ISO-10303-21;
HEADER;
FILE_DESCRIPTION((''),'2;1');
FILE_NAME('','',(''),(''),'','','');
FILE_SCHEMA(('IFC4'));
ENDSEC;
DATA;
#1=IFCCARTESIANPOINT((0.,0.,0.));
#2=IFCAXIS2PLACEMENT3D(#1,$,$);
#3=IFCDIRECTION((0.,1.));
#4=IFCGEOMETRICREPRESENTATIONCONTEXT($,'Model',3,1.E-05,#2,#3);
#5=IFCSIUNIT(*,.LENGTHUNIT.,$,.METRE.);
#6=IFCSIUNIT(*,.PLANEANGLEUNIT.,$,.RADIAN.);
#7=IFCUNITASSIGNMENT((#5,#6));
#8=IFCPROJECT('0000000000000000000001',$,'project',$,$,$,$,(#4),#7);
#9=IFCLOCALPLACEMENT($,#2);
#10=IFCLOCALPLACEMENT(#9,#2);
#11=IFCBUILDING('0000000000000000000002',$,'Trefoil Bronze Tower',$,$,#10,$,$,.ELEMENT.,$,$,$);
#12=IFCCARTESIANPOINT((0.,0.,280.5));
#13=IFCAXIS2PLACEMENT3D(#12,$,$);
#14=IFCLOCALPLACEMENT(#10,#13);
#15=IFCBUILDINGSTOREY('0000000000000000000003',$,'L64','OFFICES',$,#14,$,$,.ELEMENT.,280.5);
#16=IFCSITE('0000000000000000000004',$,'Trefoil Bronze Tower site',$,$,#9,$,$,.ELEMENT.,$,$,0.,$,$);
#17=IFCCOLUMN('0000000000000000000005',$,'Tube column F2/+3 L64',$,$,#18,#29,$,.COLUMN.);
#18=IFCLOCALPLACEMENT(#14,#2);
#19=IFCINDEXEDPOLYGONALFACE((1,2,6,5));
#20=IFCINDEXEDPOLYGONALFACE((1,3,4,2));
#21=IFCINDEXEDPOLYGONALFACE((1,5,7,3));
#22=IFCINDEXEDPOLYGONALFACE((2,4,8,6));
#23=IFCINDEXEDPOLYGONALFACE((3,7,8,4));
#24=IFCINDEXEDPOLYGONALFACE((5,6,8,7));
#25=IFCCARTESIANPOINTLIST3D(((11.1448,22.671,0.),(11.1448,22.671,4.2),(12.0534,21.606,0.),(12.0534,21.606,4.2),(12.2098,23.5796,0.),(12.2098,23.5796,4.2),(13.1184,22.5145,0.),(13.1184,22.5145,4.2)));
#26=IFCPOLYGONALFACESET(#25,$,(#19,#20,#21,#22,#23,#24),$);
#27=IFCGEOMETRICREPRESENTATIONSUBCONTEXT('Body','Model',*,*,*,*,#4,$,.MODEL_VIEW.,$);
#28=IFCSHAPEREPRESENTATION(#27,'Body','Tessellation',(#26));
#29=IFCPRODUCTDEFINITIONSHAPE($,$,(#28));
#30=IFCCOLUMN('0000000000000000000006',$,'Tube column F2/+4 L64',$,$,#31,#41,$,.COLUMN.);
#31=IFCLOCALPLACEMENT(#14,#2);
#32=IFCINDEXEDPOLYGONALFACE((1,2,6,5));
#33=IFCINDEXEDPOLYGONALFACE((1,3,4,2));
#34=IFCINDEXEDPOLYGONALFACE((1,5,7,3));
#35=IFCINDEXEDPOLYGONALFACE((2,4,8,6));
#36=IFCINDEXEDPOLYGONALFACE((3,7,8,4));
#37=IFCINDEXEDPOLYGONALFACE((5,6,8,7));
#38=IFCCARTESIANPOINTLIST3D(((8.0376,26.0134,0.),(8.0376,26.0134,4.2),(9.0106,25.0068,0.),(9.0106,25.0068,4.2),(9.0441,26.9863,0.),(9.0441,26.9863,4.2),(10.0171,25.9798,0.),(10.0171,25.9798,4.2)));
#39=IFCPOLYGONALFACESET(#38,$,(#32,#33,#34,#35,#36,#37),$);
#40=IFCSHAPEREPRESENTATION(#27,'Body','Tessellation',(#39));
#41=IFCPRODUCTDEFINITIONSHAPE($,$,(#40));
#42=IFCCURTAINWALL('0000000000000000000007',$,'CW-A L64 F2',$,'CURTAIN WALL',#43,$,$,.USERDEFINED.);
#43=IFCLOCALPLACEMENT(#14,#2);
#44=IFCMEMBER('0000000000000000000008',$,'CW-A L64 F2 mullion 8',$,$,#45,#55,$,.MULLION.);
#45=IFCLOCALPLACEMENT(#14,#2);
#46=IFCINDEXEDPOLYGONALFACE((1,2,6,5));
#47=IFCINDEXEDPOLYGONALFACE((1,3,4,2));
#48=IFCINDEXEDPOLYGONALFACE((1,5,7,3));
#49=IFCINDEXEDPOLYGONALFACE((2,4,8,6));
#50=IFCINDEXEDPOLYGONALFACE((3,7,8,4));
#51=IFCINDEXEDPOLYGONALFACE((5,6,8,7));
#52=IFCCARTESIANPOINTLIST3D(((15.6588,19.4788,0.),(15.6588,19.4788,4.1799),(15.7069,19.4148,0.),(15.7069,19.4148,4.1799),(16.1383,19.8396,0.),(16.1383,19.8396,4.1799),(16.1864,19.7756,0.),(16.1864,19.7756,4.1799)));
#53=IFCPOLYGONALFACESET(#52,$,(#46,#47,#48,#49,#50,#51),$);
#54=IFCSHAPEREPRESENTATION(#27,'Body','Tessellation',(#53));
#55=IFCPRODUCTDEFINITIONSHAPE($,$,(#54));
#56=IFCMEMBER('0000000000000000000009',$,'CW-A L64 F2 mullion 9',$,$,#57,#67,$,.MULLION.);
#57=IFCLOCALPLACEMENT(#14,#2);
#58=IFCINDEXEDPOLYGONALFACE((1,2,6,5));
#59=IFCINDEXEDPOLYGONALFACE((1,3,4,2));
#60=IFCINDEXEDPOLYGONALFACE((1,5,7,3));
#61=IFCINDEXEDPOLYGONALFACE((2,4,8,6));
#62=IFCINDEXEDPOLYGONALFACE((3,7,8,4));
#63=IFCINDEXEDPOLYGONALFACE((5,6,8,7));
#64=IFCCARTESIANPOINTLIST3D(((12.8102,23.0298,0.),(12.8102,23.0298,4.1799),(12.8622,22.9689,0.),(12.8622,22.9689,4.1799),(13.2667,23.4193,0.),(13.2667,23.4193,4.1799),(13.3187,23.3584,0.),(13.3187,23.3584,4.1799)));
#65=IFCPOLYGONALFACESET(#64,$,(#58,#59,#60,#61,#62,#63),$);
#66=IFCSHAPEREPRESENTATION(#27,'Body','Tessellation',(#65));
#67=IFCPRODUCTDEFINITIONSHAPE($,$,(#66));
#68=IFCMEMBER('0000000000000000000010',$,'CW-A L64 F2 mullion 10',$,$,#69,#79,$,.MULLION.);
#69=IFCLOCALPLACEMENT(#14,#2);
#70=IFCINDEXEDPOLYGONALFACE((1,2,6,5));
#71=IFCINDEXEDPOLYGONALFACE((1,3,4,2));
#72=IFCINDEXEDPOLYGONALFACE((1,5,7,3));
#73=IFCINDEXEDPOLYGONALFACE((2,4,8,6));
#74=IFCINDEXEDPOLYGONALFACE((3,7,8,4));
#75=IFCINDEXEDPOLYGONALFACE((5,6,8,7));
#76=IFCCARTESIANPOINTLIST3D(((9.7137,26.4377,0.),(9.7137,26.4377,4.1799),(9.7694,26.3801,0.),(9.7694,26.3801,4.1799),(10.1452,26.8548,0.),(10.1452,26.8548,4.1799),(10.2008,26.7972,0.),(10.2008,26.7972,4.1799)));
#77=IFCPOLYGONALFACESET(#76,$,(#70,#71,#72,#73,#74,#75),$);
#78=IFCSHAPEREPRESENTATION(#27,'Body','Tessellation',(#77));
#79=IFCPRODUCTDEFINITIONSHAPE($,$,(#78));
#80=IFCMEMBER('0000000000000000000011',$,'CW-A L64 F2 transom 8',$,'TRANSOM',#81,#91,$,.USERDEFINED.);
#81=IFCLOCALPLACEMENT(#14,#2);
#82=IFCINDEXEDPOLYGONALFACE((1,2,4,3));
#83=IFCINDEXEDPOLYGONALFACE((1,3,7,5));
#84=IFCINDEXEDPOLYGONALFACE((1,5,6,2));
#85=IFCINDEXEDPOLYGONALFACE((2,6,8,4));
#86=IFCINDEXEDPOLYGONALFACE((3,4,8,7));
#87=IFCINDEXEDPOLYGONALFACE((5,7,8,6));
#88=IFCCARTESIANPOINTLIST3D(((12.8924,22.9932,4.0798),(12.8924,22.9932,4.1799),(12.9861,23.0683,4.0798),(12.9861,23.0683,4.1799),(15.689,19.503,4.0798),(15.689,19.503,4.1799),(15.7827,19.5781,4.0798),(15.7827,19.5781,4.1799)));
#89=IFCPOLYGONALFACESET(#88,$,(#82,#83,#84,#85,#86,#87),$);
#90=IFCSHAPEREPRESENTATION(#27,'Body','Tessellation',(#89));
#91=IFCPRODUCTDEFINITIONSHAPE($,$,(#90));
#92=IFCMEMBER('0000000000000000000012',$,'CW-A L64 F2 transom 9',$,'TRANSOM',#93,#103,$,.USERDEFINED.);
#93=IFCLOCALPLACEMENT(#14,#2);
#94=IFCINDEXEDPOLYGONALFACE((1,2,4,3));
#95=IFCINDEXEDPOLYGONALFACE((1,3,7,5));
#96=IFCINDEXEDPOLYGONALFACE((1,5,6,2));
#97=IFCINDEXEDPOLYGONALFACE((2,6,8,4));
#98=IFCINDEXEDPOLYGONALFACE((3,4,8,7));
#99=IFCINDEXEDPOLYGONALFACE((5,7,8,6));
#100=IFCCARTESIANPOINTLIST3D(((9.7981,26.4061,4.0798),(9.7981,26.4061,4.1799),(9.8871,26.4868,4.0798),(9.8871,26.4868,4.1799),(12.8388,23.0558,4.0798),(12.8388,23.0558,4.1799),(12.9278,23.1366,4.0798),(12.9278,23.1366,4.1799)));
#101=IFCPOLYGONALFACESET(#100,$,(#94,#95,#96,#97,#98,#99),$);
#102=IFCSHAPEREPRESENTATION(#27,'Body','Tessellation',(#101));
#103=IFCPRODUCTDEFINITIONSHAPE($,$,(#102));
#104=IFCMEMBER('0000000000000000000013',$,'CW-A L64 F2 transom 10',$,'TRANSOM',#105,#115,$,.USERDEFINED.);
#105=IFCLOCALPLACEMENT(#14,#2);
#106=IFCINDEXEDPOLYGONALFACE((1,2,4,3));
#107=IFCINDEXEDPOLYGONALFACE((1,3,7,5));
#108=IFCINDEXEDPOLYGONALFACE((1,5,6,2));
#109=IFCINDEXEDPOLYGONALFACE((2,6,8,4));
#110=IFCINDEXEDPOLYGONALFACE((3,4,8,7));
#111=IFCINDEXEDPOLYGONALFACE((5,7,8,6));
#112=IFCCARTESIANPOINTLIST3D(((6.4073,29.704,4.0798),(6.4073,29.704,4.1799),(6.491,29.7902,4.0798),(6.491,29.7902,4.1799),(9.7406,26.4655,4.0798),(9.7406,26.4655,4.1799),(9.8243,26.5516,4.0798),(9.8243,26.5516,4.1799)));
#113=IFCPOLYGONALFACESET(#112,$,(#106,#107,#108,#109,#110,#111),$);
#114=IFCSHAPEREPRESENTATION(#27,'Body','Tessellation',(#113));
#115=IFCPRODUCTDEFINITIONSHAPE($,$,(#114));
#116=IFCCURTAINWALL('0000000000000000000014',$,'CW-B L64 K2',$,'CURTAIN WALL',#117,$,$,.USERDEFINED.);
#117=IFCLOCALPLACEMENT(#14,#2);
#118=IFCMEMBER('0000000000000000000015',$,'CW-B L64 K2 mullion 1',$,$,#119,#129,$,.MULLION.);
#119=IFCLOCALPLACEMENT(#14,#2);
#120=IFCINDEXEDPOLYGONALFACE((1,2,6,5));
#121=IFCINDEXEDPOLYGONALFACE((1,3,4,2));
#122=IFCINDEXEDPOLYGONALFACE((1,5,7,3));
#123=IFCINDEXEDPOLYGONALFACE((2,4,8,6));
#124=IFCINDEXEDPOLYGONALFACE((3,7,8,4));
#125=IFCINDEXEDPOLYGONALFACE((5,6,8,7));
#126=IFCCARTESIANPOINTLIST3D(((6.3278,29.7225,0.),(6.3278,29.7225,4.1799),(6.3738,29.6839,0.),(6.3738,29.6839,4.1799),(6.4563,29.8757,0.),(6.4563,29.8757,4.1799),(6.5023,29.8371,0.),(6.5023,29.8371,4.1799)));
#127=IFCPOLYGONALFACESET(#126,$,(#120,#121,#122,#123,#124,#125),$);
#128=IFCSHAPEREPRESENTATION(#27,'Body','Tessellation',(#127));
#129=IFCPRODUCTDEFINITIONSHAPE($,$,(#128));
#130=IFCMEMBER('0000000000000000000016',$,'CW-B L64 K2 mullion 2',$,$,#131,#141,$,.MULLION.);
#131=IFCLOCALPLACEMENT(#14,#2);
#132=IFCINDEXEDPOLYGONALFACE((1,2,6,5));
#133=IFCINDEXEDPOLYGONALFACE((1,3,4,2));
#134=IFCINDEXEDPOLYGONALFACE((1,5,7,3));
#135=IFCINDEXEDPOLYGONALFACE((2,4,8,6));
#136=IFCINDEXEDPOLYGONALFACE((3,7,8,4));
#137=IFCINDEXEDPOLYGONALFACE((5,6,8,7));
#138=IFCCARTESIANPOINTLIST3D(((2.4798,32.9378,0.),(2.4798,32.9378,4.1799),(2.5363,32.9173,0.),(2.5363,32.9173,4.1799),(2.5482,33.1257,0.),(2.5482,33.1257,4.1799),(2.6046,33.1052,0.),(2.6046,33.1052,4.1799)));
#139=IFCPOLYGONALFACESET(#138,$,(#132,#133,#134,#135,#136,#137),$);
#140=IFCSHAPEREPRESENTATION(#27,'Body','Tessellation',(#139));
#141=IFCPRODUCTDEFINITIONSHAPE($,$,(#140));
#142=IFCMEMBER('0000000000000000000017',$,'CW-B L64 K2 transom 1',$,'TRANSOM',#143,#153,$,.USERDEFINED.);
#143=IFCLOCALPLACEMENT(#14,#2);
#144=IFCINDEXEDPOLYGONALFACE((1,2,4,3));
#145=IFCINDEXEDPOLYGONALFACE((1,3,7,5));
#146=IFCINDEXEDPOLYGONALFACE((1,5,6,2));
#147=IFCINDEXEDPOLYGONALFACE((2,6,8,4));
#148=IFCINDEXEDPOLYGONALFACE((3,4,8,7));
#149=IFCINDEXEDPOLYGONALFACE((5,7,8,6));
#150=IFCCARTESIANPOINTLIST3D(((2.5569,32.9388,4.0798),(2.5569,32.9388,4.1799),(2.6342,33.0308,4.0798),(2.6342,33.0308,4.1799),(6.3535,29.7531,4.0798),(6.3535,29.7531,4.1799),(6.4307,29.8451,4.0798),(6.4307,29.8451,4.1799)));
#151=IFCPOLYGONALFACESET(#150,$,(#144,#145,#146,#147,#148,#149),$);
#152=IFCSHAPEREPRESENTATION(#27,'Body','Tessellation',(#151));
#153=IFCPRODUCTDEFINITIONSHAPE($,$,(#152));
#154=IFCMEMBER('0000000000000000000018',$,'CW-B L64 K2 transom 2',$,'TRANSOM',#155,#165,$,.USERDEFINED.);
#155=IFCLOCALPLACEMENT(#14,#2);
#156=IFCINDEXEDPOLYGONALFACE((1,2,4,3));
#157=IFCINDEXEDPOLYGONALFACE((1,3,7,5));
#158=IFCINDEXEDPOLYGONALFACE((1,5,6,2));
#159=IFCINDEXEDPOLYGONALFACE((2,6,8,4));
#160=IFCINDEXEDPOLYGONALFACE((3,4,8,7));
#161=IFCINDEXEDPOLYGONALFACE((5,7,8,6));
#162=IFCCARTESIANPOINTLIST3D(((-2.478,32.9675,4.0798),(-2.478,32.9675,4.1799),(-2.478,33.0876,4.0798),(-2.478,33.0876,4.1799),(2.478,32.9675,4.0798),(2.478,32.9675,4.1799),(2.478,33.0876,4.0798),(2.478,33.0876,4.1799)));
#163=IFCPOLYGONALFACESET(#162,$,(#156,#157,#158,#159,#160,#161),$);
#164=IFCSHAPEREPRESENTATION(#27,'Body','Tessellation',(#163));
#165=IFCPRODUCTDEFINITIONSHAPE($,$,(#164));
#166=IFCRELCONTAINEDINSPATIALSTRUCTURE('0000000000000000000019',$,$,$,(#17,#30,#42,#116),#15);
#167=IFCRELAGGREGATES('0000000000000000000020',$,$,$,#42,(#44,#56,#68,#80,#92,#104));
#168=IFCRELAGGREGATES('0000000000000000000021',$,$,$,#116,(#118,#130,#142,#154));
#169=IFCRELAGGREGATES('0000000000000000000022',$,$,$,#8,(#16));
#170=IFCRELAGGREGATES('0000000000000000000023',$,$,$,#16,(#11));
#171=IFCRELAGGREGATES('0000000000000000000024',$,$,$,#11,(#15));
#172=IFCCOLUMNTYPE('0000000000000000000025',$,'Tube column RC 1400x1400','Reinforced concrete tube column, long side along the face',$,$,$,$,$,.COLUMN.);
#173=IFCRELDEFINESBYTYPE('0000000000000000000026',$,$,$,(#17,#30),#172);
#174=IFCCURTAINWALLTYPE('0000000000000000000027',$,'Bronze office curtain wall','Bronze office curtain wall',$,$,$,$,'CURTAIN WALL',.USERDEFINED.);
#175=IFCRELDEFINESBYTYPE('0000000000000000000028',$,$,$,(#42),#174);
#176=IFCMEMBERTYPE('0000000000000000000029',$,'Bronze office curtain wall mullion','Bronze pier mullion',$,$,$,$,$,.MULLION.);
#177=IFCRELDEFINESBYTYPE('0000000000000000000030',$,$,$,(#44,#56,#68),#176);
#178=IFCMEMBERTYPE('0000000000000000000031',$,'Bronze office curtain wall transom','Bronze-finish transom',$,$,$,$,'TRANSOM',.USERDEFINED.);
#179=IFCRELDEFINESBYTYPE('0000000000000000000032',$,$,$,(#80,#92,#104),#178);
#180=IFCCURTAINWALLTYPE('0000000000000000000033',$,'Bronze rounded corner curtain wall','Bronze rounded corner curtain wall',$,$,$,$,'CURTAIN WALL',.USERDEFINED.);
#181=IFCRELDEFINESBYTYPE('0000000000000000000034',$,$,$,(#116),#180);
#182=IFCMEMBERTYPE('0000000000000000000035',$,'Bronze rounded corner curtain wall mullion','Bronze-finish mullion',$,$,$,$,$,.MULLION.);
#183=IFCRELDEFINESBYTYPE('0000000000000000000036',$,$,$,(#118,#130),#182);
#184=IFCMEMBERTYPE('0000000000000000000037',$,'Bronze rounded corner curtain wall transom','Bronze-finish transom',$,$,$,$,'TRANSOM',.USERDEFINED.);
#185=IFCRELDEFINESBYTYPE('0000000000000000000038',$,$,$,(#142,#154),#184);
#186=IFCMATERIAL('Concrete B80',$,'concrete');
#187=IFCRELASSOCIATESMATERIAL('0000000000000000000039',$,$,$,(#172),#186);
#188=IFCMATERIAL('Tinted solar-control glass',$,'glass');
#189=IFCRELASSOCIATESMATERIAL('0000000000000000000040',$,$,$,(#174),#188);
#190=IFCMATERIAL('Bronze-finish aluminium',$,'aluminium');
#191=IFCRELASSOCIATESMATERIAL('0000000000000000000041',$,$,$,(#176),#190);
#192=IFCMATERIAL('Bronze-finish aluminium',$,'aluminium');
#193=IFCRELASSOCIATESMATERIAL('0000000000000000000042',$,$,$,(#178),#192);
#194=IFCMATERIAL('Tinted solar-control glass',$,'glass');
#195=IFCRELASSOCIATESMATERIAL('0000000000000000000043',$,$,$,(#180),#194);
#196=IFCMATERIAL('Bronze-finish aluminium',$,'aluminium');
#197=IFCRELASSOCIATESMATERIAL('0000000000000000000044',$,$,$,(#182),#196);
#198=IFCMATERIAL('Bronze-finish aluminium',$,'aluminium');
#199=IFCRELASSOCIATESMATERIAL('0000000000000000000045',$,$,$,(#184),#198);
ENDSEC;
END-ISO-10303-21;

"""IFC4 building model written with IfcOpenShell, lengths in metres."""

from ifc_helpers import new_model, si_unit, direction, frame, origin, origin_2d, place, context, subcontext, project, spatial, rectangle, extrude, material, material_profile, profile_set, type_object, element, aggregate, save


model = new_model("IFC4")

# Units and contexts
model_context = context("Model", 3, precision=1e-05, world=origin(), true_north=direction((0.0, 1.0)))
body_context = subcontext(model_context, "Body", "Model", "MODEL_VIEW")
ifc_project = project(units=[si_unit("LENGTHUNIT", "METRE"), si_unit("PLANEANGLEUNIT", "RADIAN")], contexts=[model_context])

# Site, building, storey
site_placement = place(None, origin())
site = spatial("IfcSite", under=ifc_project, at=site_placement, Name="Trefoil Bronze Tower site", CompositionType="ELEMENT", RefElevation=0.0)
building_placement = place(site_placement, origin())
building = spatial("IfcBuilding", under=site, at=building_placement, Name="Trefoil Bronze Tower", CompositionType="ELEMENT")
storey_placement = place(building_placement, frame((0.0, 0.0, 280.5)))
storey = spatial("IfcBuildingStorey", under=building, at=storey_placement, Name="L64", Description="OFFICES", CompositionType="ELEMENT", Elevation=280.5)

# Columns
ifc_material_1 = material(Name="Concrete B80", Category="concrete")
ifc_material_profile_1 = material_profile(ifc_material_1, rectangle(XDim=1.3999, YDim=1.3999, at=origin_2d()), Name="RC 1400x1400")
ifc_profile_set_1 = profile_set([ifc_material_profile_1], Name="Concrete B80")
column_type = type_object("IfcColumnType", Name="Tube column RC 1400x1400", Description="Reinforced concrete tube column, long side along the face", PredefinedType="COLUMN", material=ifc_profile_set_1)
for number, where, z_axis, x_axis, name in (
    (1, (12.1316, 22.5928, 0.0), (0.0, 0.0, 1.0), (-0.649008, 0.760781, 0.0), "Tube column F2/+3 L64"),
    (2, (9.0273, 25.9966, 0.0), (0.0, 0.0, 1.0), (-0.695009, 0.719001, 0.0), "Tube column F2/+4 L64"),
):
    element("IfcColumn", number, at=place(storey_placement, frame(where, z_axis=z_axis, x_axis=x_axis)), inside=storey, type_object=column_type, Name=name, PredefinedType="COLUMN", context=body_context, shape_type="SweptSolid", body=[
        extrude(rectangle(XDim=1.3999, YDim=1.3999, at=origin_2d()), origin(), (0.0, 0.0, 1.0), 4.2),
    ])

# Curtain walls, members
ifc_material_2 = material(Name="Tinted solar-control glass", Category="glass")
curtain_wall_type_1 = type_object("IfcCurtainWallType", Name="Bronze office curtain wall", Description="Bronze office curtain wall", ElementType="CURTAIN WALL", PredefinedType="USERDEFINED", material=ifc_material_2)
curtain_wall_1_placement = place(storey_placement, origin())
curtain_wall_1 = element("IfcCurtainWall", 3, at=curtain_wall_1_placement, inside=storey, type_object=curtain_wall_type_1, Name="CW-A L64 F2", ObjectType="CURTAIN WALL", PredefinedType="USERDEFINED")
ifc_material_3 = material(Name="Bronze-finish aluminium", Category="aluminium")
ifc_material_profile_2 = material_profile(ifc_material_3, rectangle(XDim=0.6001, YDim=0.0801, at=origin_2d()), Name="CW-A mullion")
ifc_profile_set_2 = profile_set([ifc_material_profile_2], Name="Bronze-finish aluminium")
member_type_1 = type_object("IfcMemberType", Name="Bronze office curtain wall mullion", Description="Bronze pier mullion", PredefinedType="MULLION", material=ifc_profile_set_2)
member_1_placement = place(storey_placement, frame((15.9226, 19.6272, 0.0), z_axis=(0.0, 0.0, 1.0), x_axis=(-0.799096, -0.601203, 0.0)))
member_1 = element("IfcMember", 4, at=member_1_placement, type_object=member_type_1, Name="CW-A L64 F2 mullion 8", PredefinedType="MULLION", context=body_context, shape_type="SweptSolid", body=[
    extrude(rectangle(XDim=0.6001, YDim=0.0801, at=origin_2d()), origin(), (0.0, 0.0, 1.0), 4.1799),
])
member_2_placement = place(storey_placement, frame((13.0645, 23.1941, 0.0), z_axis=(0.0, 0.0, 1.0), x_axis=(-0.760781, -0.649008, 0.0)))
member_2 = element("IfcMember", 5, at=member_2_placement, type_object=member_type_1, Name="CW-A L64 F2 mullion 9", PredefinedType="MULLION", context=body_context, shape_type="SweptSolid", body=[
    extrude(rectangle(XDim=0.6001, YDim=0.0801, at=origin_2d()), origin(), (0.0, 0.0, 1.0), 4.1799),
])
member_3_placement = place(storey_placement, frame((9.9573, 26.6174, 0.0), z_axis=(0.0, 0.0, 1.0), x_axis=(-0.719001, -0.695009, 0.0)))
member_3 = element("IfcMember", 6, at=member_3_placement, type_object=member_type_1, Name="CW-A L64 F2 mullion 10", PredefinedType="MULLION", context=body_context, shape_type="SweptSolid", body=[
    extrude(rectangle(XDim=0.6001, YDim=0.0801, at=origin_2d()), origin(), (0.0, 0.0, 1.0), 4.1799),
])
ifc_material_4 = material(Name="Bronze-finish aluminium", Category="aluminium")
ifc_material_profile_3 = material_profile(ifc_material_4, rectangle(XDim=0.1201, YDim=0.1001, at=origin_2d()), Name="CW-A transom")
ifc_profile_set_3 = profile_set([ifc_material_profile_3], Name="Bronze-finish aluminium")
member_type_2 = type_object("IfcMemberType", Name="Bronze office curtain wall transom", Description="Bronze-finish transom", ElementType="TRANSOM", PredefinedType="USERDEFINED", material=ifc_profile_set_3)
member_4_placement = place(storey_placement, frame((15.7358, 19.5405, 4.1299), z_axis=(-0.625301, 0.780384, 0.0), x_axis=(-0.780384, -0.625301, 0.0)))
member_4 = element("IfcMember", 7, at=member_4_placement, type_object=member_type_2, Name="CW-A L64 F2 transom 8", ObjectType="TRANSOM", PredefinedType="USERDEFINED", context=body_context, shape_type="SweptSolid", body=[
    extrude(rectangle(XDim=0.1201, YDim=0.1001, at=origin_2d()), origin(), (0.0, 0.0, 1.0), 4.4724),
])
member_5_placement = place(storey_placement, frame((12.8833, 23.0962, 4.1299), z_axis=(-0.672068, 0.740489, 0.0), x_axis=(-0.740489, -0.672068, 0.0)))
member_5 = element("IfcMember", 8, at=member_5_placement, type_object=member_type_2, Name="CW-A L64 F2 transom 9", ObjectType="TRANSOM", PredefinedType="USERDEFINED", context=body_context, shape_type="SweptSolid", body=[
    extrude(rectangle(XDim=0.1201, YDim=0.1001, at=origin_2d()), origin(), (0.0, 0.0, 1.0), 4.5244),
])
member_6_placement = place(storey_placement, frame((9.7825, 26.5085, 4.1299), z_axis=(-0.717225, 0.696842, 0.0), x_axis=(-0.696842, -0.717225, 0.0)))
member_6 = element("IfcMember", 9, at=member_6_placement, type_object=member_type_2, Name="CW-A L64 F2 transom 10", ObjectType="TRANSOM", PredefinedType="USERDEFINED", context=body_context, shape_type="SweptSolid", body=[
    extrude(rectangle(XDim=0.1201, YDim=0.1001, at=origin_2d()), origin(), (0.0, 0.0, 1.0), 4.6475),
])
ifc_material_5 = material(Name="Tinted solar-control glass", Category="glass")
curtain_wall_type_2 = type_object("IfcCurtainWallType", Name="Bronze rounded corner curtain wall", Description="Bronze rounded corner curtain wall", ElementType="CURTAIN WALL", PredefinedType="USERDEFINED", material=ifc_material_5)
curtain_wall_2_placement = place(storey_placement, origin())
curtain_wall_2 = element("IfcCurtainWall", 10, at=curtain_wall_2_placement, inside=storey, type_object=curtain_wall_type_2, Name="CW-B L64 K2", ObjectType="CURTAIN WALL", PredefinedType="USERDEFINED")
ifc_material_6 = material(Name="Bronze-finish aluminium", Category="aluminium")
ifc_material_profile_4 = material_profile(ifc_material_6, rectangle(XDim=0.2, YDim=0.0601, at=origin_2d()), Name="CW-B mullion")
ifc_profile_set_4 = profile_set([ifc_material_profile_4], Name="Bronze-finish aluminium")
member_type_3 = type_object("IfcMemberType", Name="Bronze rounded corner curtain wall mullion", Description="Bronze-finish mullion", PredefinedType="MULLION", material=ifc_profile_set_4)
member_7_placement = place(storey_placement, frame((6.415, 29.7798, 0.0), z_axis=(0.0, 0.0, 1.0), x_axis=(-0.642788, -0.766044, 0.0)))
member_7 = element("IfcMember", 11, at=member_7_placement, type_object=member_type_3, Name="CW-B L64 K2 mullion 1", PredefinedType="MULLION", context=body_context, shape_type="SweptSolid", body=[
    extrude(rectangle(XDim=0.2, YDim=0.0601, at=origin_2d()), origin(), (0.0, 0.0, 1.0), 4.1799),
])
member_8_placement = place(storey_placement, frame((2.5422, 33.0215, 0.0), z_axis=(0.0, 0.0, 1.0), x_axis=(-0.34202, -0.939693, 0.0)))
member_8 = element("IfcMember", 12, at=member_8_placement, type_object=member_type_3, Name="CW-B L64 K2 mullion 2", PredefinedType="MULLION", context=body_context, shape_type="SweptSolid", body=[
    extrude(rectangle(XDim=0.2, YDim=0.0601, at=origin_2d()), origin(), (0.0, 0.0, 1.0), 4.1799),
])
ifc_material_7 = material(Name="Bronze-finish aluminium", Category="aluminium")
ifc_material_profile_5 = material_profile(ifc_material_7, rectangle(XDim=0.1201, YDim=0.1001, at=origin_2d()), Name="CW-B transom")
ifc_profile_set_5 = profile_set([ifc_material_profile_5], Name="Bronze-finish aluminium")
member_type_4 = type_object("IfcMemberType", Name="Bronze rounded corner curtain wall transom", Description="Bronze-finish transom", ElementType="TRANSOM", PredefinedType="USERDEFINED", material=ifc_profile_set_5)
member_9_placement = place(storey_placement, frame((6.3921, 29.7991, 4.1299), z_axis=(-0.766041, 0.642792, 0.0), x_axis=(-0.642792, -0.766041, 0.0)))
member_9 = element("IfcMember", 13, at=member_9_placement, type_object=member_type_4, Name="CW-B L64 K2 transom 1", ObjectType="TRANSOM", PredefinedType="USERDEFINED", context=body_context, shape_type="SweptSolid", body=[
    extrude(rectangle(XDim=0.1201, YDim=0.1001, at=origin_2d()), origin(), (0.0, 0.0, 1.0), 4.9561),
])
member_10_placement = place(storey_placement, frame((2.478, 33.0276, 4.1299), z_axis=(-1.0, 0.0, 0.0), x_axis=(0.0, -1.0, 0.0)))
member_10 = element("IfcMember", 14, at=member_10_placement, type_object=member_type_4, Name="CW-B L64 K2 transom 2", ObjectType="TRANSOM", PredefinedType="USERDEFINED", context=body_context, shape_type="SweptSolid", body=[
    extrude(rectangle(XDim=0.1201, YDim=0.1001, at=origin_2d()), origin(), (0.0, 0.0, 1.0), 4.9561),
])

aggregate(curtain_wall_1, [member_1, member_2, member_3, member_4, member_5, member_6])
aggregate(curtain_wall_2, [member_7, member_8, member_9, member_10])

save(model, "model.ifc")
